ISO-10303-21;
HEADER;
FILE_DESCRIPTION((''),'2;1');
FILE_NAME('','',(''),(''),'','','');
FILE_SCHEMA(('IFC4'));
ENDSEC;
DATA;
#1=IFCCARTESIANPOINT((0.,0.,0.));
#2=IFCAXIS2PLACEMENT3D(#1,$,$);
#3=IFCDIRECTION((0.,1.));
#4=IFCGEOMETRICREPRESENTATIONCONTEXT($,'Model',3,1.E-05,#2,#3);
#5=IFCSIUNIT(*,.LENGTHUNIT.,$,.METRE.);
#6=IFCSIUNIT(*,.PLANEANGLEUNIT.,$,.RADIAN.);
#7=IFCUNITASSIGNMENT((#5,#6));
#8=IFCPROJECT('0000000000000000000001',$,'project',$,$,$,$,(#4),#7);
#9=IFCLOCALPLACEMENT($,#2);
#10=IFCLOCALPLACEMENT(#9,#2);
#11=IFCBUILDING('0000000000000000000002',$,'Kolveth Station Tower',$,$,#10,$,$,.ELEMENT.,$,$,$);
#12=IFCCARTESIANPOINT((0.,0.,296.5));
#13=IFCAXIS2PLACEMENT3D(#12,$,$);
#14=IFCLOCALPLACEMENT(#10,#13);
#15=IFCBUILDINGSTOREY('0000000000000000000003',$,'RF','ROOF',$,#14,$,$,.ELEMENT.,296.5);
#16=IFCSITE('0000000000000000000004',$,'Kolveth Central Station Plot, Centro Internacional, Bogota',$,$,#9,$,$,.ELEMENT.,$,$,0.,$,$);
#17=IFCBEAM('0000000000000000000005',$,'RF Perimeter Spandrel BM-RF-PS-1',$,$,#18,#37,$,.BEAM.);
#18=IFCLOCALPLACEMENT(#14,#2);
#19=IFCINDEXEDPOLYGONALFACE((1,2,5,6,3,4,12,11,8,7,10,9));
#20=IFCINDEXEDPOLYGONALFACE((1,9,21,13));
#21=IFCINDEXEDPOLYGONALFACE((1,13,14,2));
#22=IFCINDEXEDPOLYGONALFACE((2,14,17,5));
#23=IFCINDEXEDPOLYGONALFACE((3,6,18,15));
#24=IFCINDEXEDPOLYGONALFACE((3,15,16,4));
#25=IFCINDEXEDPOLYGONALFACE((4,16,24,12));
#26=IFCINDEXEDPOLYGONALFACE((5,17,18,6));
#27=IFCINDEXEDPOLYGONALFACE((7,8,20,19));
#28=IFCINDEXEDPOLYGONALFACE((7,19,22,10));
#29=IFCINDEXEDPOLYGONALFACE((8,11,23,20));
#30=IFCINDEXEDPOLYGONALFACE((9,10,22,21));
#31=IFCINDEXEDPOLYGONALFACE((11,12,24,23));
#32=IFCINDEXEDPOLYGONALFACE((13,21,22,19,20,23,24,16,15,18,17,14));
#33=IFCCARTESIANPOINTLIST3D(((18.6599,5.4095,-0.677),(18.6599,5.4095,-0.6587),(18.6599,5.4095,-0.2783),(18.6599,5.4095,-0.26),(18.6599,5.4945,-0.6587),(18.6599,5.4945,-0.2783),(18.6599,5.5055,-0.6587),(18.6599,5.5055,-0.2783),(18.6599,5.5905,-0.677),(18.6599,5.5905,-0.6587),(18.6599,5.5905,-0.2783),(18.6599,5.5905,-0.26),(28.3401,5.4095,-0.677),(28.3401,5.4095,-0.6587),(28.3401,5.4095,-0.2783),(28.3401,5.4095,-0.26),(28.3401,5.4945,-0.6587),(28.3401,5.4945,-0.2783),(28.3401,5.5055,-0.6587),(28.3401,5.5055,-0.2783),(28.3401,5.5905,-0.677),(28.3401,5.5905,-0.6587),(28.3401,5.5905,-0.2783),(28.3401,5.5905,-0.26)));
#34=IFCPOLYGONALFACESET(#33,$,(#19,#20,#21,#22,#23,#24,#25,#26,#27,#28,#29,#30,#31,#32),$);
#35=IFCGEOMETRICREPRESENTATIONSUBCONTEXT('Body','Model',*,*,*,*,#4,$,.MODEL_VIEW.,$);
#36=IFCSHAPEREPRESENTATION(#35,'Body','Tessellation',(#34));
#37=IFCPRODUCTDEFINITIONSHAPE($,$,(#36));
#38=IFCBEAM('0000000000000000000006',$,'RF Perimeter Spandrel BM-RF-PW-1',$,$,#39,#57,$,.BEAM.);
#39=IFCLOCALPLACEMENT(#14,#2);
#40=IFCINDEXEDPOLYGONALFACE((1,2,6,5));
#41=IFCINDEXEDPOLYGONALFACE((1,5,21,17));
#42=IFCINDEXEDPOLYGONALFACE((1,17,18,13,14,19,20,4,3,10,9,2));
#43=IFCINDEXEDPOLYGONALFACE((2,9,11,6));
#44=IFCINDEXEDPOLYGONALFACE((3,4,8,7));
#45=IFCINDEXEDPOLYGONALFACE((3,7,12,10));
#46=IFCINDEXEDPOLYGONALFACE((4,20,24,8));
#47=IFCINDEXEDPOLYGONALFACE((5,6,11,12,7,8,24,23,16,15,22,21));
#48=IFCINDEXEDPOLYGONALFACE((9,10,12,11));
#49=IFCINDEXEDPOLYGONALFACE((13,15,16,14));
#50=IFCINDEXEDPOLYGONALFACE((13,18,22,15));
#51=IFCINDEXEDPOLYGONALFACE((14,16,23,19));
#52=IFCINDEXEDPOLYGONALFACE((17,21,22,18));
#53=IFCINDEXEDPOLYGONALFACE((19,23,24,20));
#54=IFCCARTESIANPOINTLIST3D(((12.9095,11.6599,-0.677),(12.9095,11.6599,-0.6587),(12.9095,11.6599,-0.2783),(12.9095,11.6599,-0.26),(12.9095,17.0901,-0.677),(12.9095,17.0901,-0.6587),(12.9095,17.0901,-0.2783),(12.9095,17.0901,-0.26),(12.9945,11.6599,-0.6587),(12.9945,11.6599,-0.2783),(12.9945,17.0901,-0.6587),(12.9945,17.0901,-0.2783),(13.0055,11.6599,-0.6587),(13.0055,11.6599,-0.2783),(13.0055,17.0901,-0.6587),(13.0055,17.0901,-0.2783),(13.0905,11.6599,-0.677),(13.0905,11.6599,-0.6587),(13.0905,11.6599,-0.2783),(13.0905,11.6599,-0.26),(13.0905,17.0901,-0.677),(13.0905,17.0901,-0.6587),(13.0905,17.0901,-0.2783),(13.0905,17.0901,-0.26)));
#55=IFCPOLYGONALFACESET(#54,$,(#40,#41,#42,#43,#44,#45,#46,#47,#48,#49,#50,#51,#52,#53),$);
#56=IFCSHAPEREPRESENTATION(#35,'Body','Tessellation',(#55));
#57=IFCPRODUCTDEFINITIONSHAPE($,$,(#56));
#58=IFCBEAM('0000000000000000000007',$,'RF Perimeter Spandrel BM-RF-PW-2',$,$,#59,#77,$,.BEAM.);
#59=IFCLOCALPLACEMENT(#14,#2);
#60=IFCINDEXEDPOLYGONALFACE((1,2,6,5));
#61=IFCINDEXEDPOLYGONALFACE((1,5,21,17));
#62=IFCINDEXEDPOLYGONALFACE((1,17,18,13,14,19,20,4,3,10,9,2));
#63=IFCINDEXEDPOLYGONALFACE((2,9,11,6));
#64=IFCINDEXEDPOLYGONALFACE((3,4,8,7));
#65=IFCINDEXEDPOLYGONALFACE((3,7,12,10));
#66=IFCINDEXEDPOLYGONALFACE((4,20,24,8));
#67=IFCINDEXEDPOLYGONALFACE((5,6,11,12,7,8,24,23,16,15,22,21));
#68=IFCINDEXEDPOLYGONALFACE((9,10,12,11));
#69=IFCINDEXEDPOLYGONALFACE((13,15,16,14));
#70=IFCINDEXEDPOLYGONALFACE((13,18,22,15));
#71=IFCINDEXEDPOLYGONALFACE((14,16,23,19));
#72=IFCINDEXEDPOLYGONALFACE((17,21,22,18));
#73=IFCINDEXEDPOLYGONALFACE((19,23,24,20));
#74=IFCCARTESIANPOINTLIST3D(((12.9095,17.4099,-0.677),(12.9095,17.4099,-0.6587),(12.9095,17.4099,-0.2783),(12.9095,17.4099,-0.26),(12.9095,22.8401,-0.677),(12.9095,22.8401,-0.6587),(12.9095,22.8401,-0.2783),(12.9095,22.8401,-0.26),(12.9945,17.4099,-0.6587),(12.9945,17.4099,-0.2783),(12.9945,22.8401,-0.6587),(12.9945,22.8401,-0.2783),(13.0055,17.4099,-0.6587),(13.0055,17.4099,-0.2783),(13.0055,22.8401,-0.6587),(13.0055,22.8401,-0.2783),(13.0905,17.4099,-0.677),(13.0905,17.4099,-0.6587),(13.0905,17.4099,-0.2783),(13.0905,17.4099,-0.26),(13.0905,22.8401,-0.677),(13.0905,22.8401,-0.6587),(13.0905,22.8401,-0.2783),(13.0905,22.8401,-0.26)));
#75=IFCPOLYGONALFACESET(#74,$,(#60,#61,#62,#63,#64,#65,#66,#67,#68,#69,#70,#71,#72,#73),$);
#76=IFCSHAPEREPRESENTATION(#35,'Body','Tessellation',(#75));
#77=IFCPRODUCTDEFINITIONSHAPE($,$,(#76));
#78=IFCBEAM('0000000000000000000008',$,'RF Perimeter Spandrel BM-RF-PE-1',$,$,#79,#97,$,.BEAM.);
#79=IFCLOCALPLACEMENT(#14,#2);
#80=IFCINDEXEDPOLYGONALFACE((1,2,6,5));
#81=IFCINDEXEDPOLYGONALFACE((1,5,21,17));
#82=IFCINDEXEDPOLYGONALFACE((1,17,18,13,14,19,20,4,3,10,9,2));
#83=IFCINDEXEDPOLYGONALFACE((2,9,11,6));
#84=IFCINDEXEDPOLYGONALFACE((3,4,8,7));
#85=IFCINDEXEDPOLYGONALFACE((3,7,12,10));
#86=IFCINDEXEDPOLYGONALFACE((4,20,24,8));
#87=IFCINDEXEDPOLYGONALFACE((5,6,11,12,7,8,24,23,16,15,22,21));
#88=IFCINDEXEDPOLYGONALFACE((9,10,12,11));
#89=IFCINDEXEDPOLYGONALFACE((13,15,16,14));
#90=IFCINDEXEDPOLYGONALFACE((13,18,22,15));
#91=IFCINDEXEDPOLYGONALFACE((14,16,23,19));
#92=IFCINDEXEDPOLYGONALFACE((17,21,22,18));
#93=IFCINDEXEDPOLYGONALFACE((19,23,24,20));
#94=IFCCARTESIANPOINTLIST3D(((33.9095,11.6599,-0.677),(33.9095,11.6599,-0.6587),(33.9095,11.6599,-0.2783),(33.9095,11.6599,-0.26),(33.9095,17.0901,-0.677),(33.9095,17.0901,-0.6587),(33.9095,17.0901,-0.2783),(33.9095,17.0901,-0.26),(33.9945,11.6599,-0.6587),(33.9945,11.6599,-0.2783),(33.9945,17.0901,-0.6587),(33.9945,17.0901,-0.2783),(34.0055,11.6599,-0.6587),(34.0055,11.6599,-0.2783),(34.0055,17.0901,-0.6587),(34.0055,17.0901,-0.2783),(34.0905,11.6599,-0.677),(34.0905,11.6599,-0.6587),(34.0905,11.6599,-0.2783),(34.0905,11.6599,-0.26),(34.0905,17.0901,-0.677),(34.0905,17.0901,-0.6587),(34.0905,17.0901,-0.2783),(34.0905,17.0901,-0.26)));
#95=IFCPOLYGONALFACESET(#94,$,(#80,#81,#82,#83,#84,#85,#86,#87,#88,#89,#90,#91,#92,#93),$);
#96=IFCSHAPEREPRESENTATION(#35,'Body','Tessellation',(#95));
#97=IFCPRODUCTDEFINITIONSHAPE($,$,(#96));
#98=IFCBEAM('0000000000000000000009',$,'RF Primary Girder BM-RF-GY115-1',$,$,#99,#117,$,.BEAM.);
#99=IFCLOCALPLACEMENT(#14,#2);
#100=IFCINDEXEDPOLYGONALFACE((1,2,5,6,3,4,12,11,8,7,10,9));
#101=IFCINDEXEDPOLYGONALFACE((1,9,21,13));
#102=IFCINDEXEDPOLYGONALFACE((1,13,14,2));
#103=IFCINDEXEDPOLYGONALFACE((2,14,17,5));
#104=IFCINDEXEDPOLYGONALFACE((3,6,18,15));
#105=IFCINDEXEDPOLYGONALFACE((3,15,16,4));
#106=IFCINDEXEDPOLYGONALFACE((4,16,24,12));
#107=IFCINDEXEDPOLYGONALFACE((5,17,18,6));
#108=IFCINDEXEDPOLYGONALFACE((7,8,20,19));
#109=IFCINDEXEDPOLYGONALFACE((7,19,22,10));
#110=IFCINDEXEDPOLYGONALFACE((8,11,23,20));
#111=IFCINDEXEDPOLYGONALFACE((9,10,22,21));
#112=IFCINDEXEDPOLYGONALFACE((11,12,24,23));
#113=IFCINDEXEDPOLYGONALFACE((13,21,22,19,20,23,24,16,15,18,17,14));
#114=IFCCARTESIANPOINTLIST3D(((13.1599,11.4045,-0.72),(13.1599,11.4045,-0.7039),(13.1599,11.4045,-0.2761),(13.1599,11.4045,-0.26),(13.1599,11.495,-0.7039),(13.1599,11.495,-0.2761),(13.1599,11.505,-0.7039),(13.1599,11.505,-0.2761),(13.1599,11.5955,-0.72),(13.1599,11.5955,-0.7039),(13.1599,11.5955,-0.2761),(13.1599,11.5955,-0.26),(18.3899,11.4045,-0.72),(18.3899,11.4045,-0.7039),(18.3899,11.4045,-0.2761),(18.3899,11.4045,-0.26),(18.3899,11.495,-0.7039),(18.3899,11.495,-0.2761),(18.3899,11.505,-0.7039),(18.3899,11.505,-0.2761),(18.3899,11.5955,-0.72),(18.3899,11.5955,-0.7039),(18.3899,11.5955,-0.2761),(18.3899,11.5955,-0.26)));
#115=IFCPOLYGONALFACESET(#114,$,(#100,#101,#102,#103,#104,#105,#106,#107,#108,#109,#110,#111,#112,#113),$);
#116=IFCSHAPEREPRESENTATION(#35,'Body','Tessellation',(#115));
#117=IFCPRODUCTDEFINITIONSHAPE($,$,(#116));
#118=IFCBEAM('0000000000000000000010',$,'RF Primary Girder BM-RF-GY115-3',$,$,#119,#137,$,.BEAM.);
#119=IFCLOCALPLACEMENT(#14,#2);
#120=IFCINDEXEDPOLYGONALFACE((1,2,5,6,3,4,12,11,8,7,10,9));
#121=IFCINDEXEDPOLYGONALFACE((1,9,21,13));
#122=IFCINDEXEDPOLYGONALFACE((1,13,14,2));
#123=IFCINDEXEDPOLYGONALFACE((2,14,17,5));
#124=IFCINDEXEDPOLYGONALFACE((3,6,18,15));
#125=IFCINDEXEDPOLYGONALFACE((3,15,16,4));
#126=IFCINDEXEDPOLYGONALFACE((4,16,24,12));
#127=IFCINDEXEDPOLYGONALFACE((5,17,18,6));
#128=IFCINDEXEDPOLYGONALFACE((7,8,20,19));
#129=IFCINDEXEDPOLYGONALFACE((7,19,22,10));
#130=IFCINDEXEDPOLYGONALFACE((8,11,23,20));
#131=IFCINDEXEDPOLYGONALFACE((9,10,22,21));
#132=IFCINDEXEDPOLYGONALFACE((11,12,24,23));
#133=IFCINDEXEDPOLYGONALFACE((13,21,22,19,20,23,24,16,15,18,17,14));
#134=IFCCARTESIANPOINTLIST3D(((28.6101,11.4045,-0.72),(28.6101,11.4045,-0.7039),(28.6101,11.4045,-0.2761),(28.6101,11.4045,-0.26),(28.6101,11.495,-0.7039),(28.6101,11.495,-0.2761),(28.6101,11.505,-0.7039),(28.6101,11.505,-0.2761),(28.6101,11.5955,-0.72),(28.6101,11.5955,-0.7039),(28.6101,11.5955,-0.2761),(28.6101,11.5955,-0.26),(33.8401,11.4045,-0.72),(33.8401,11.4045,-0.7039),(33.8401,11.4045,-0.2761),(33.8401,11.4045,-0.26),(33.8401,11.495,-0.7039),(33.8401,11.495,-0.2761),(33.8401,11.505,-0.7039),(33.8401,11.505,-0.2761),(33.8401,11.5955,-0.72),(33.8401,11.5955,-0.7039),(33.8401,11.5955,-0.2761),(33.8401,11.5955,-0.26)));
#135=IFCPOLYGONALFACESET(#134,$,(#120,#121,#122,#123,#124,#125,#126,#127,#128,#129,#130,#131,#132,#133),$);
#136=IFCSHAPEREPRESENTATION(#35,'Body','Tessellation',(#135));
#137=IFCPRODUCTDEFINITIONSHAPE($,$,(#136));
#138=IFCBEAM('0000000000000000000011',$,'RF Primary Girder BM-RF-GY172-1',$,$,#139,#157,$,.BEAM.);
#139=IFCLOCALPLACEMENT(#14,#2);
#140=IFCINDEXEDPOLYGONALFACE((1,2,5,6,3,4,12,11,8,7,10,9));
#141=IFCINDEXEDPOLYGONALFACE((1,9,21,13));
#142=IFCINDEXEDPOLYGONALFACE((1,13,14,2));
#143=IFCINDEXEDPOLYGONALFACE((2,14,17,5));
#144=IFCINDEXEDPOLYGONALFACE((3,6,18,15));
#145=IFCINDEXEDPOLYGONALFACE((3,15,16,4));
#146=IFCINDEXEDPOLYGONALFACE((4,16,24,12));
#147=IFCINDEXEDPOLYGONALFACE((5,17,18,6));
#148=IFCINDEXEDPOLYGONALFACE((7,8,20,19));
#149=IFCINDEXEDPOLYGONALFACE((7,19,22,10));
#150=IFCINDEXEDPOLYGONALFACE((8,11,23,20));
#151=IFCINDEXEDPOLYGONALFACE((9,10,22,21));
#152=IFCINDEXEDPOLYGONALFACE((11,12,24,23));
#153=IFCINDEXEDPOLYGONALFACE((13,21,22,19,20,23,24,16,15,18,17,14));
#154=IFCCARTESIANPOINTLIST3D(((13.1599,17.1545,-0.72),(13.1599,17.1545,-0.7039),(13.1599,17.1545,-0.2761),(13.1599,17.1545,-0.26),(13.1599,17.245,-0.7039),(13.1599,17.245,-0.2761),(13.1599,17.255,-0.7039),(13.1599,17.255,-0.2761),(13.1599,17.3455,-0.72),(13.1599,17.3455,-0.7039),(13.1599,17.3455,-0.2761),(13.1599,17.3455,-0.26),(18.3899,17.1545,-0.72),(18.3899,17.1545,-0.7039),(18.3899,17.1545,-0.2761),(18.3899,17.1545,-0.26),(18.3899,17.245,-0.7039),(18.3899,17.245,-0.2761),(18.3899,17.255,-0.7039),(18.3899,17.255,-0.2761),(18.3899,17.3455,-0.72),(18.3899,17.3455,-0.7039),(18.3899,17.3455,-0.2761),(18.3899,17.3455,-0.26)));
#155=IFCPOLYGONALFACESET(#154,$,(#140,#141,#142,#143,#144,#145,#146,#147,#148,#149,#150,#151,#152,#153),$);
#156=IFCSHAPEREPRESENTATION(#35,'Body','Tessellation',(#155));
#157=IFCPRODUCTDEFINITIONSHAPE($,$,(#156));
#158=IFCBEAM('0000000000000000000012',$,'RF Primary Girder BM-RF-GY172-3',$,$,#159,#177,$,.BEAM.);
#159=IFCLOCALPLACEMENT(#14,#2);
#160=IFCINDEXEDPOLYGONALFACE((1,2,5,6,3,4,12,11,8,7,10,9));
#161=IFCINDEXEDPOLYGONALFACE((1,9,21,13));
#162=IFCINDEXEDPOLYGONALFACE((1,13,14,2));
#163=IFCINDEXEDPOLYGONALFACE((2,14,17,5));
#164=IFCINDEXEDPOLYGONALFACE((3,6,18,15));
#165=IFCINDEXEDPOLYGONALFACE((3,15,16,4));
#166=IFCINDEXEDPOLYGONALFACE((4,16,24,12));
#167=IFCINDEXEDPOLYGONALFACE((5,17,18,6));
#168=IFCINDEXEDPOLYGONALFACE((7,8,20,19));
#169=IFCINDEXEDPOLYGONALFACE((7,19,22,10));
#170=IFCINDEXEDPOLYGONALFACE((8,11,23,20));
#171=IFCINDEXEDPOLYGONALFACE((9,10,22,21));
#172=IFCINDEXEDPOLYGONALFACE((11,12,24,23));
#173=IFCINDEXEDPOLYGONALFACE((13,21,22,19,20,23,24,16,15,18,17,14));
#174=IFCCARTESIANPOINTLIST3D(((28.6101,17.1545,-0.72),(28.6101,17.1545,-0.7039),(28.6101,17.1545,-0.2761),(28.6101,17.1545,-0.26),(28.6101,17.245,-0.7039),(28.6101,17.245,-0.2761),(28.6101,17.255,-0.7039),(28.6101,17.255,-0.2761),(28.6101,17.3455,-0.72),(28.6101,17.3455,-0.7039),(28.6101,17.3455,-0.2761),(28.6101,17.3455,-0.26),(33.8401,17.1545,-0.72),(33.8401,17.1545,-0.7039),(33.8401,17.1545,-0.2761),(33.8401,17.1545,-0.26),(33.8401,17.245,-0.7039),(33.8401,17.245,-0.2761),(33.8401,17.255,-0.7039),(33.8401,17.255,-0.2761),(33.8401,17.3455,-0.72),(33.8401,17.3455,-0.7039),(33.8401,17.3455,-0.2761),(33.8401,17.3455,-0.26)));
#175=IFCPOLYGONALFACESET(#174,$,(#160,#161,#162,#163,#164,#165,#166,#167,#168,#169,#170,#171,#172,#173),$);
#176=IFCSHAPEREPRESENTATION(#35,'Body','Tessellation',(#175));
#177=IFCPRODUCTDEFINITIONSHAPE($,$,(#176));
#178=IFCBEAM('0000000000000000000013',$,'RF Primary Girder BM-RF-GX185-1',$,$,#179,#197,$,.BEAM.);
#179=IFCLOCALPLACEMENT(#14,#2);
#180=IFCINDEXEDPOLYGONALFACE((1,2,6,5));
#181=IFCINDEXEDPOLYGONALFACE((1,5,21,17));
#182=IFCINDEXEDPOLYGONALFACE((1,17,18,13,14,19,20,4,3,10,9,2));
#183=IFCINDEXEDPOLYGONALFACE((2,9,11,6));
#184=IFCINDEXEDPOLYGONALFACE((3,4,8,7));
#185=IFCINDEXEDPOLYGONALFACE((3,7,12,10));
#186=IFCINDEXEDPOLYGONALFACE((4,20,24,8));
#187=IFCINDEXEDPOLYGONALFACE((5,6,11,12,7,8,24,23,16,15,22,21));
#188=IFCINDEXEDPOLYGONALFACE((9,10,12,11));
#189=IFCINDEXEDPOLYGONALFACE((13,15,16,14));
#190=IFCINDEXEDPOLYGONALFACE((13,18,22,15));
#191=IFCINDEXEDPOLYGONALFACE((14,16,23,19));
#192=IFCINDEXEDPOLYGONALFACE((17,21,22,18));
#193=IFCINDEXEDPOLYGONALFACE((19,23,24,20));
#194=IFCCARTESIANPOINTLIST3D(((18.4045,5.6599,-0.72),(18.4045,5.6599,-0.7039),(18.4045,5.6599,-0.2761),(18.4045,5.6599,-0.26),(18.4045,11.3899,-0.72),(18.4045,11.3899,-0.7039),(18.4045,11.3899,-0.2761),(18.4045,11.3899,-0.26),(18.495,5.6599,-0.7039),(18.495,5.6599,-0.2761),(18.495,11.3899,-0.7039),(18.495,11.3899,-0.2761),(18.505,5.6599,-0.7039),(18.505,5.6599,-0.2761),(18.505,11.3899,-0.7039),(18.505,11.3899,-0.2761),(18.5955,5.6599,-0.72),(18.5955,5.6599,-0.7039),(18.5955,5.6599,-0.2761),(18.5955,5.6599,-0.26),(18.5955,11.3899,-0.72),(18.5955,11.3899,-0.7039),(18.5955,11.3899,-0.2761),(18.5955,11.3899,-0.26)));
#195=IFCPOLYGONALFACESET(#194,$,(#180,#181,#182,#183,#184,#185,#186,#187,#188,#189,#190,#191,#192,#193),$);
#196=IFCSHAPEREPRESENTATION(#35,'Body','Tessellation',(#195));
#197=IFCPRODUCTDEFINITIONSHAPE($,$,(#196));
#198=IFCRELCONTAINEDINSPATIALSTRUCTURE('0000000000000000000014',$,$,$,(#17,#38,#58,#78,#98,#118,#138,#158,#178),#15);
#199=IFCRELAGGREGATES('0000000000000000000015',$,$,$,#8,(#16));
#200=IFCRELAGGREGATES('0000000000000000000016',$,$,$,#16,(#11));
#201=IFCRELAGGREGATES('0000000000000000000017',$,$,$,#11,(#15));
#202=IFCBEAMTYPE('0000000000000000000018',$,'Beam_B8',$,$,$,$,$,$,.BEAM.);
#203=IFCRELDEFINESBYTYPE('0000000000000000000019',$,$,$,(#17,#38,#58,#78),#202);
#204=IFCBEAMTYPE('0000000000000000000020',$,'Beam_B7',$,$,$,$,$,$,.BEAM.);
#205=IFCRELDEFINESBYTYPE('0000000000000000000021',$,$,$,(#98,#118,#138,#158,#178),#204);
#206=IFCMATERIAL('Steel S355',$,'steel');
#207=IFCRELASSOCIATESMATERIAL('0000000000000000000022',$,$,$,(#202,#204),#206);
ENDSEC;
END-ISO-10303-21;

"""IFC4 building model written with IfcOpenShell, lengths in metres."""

from ifc_helpers import new_model, si_unit, direction, frame, origin, origin_2d, place, context, subcontext, project, spatial, i_section, extrude, source, transform, mapped, material, material_profile, profile_set, type_object, element, save


model = new_model("IFC4")

# Units and contexts
model_context = context("Model", 3, precision=1e-05, world=origin(), true_north=direction((0.0, 1.0)))
body_context = subcontext(model_context, "Body", "Model", "MODEL_VIEW")
ifc_project = project(units=[si_unit("LENGTHUNIT", "METRE"), si_unit("PLANEANGLEUNIT", "RADIAN")], contexts=[model_context])

# Site, building, storey
site_placement = place(None, origin())
site = spatial("IfcSite", under=ifc_project, at=site_placement, Name="Kolveth Central Station Plot, Centro Internacional, Bogota", CompositionType="ELEMENT", RefElevation=0.0)
building_placement = place(site_placement, origin())
building = spatial("IfcBuilding", under=site, at=building_placement, Name="Kolveth Station Tower", CompositionType="ELEMENT")
storey_placement = place(building_placement, frame((0.0, 0.0, 296.5)))
storey = spatial("IfcBuildingStorey", under=building, at=storey_placement, Name="RF", Description="ROOF", CompositionType="ELEMENT", Elevation=296.5)

# Beams
ifc_material_1 = material(Name="Steel S355", Category="steel")
ifc_material_profile_1 = material_profile(ifc_material_1, i_section(OverallWidth=0.1809, OverallDepth=0.417, WebThickness=0.011, FlangeThickness=0.0183, at=origin_2d()), Name="W410x85")
ifc_profile_set_1 = profile_set([ifc_material_profile_1], Name="Steel S355")
beam_type_1 = type_object("IfcBeamType", Name="Beam_B8", PredefinedType="BEAM", material=ifc_profile_set_1)
shared_shape_1 = source(origin(), body_context, "Body", "SweptSolid", [
    extrude(i_section(OverallWidth=0.1809, OverallDepth=0.417, WebThickness=0.011, FlangeThickness=0.0183, at=origin_2d()), origin(), (0.0, 0.0, 1.0), 9.6802),
])
beam_1_placement = place(storey_placement, frame((18.6599, 5.5, -0.4685), z_axis=(1.0, 0.0, 0.0), x_axis=(0.0, 1.0, 0.0)))
element("IfcBeam", 1, at=beam_1_placement, inside=storey, type_object=beam_type_1, Name="RF Perimeter Spandrel BM-RF-PS-1", PredefinedType="BEAM", context=body_context, shape_type="MappedRepresentation", body=[
    mapped(shared_shape_1, transform((0.0, 0.0, 0.0), x_axis=(1.0, 0.0, 0.0), y_axis=(0.0, 1.0, 0.0), z_axis=(0.0, 0.0, 1.0), scale=1.0)),
])
shared_shape_2 = source(origin(), body_context, "Body", "SweptSolid", [
    extrude(i_section(OverallWidth=0.1809, OverallDepth=0.417, WebThickness=0.011, FlangeThickness=0.0183, at=origin_2d()), origin(), (0.0, 0.0, 1.0), 5.4302),
])
for number, where, z_axis, x_axis, name in (
    (2, (13.0, 11.6599, -0.4685), (0.0, 1.0, 0.0), (-1.0, 0.0, 0.0), "RF Perimeter Spandrel BM-RF-PW-1"),
    (3, (13.0, 17.4099, -0.4685), (0.0, 1.0, 0.0), (-1.0, 0.0, 0.0), "RF Perimeter Spandrel BM-RF-PW-2"),
    (4, (34.0, 11.6599, -0.4685), (0.0, 1.0, 0.0), (-1.0, 0.0, 0.0), "RF Perimeter Spandrel BM-RF-PE-1"),
):
    element("IfcBeam", number, at=place(storey_placement, frame(where, z_axis=z_axis, x_axis=x_axis)), inside=storey, type_object=beam_type_1, Name=name, PredefinedType="BEAM", context=body_context, shape_type="MappedRepresentation", body=[
        mapped(shared_shape_2, transform((0.0, 0.0, 0.0), x_axis=(1.0, 0.0, 0.0), y_axis=(0.0, 1.0, 0.0), z_axis=(0.0, 0.0, 1.0), scale=1.0)),
    ])
ifc_material_profile_2 = material_profile(ifc_material_1, i_section(OverallWidth=0.1909, OverallDepth=0.46, WebThickness=0.01, FlangeThickness=0.0161, at=origin_2d()), Name="W460x82")
ifc_profile_set_2 = profile_set([ifc_material_profile_2], Name="Steel S355")
beam_type_2 = type_object("IfcBeamType", Name="Beam_B7", PredefinedType="BEAM", material=ifc_profile_set_2)
shared_shape_3 = source(origin(), body_context, "Body", "SweptSolid", [
    extrude(i_section(OverallWidth=0.1909, OverallDepth=0.46, WebThickness=0.01, FlangeThickness=0.0161, at=origin_2d()), origin(), (0.0, 0.0, 1.0), 5.23),
])
for number, where, z_axis, x_axis, name in (
    (5, (13.1599, 11.5, -0.49), (1.0, 0.0, 0.0), (0.0, 1.0, 0.0), "RF Primary Girder BM-RF-GY115-1"),
    (6, (28.6101, 11.5, -0.49), (1.0, 0.0, 0.0), (0.0, 1.0, 0.0), "RF Primary Girder BM-RF-GY115-3"),
    (7, (13.1599, 17.25, -0.49), (1.0, 0.0, 0.0), (0.0, 1.0, 0.0), "RF Primary Girder BM-RF-GY172-1"),
    (8, (28.6101, 17.25, -0.49), (1.0, 0.0, 0.0), (0.0, 1.0, 0.0), "RF Primary Girder BM-RF-GY172-3"),
):
    element("IfcBeam", number, at=place(storey_placement, frame(where, z_axis=z_axis, x_axis=x_axis)), inside=storey, type_object=beam_type_2, Name=name, PredefinedType="BEAM", context=body_context, shape_type="MappedRepresentation", body=[
        mapped(shared_shape_3, transform((0.0, 0.0, 0.0), x_axis=(1.0, 0.0, 0.0), y_axis=(0.0, 1.0, 0.0), z_axis=(0.0, 0.0, 1.0), scale=1.0)),
    ])
shared_shape_4 = source(origin(), body_context, "Body", "SweptSolid", [
    extrude(i_section(OverallWidth=0.1909, OverallDepth=0.46, WebThickness=0.01, FlangeThickness=0.0161, at=origin_2d()), origin(), (0.0, 0.0, 1.0), 5.73),
])
for number, where, z_axis, x_axis, name in (
    (9, (18.5, 5.6599, -0.49), (0.0, 1.0, 0.0), (-1.0, 0.0, 0.0), "RF Primary Girder BM-RF-GX185-1"),
):
    element("IfcBeam", number, at=place(storey_placement, frame(where, z_axis=z_axis, x_axis=x_axis)), inside=storey, type_object=beam_type_2, Name=name, PredefinedType="BEAM", context=body_context, shape_type="MappedRepresentation", body=[
        mapped(shared_shape_4, transform((0.0, 0.0, 0.0), x_axis=(1.0, 0.0, 0.0), y_axis=(0.0, 1.0, 0.0), z_axis=(0.0, 0.0, 1.0), scale=1.0)),
    ])

save(model, "model.ifc")
